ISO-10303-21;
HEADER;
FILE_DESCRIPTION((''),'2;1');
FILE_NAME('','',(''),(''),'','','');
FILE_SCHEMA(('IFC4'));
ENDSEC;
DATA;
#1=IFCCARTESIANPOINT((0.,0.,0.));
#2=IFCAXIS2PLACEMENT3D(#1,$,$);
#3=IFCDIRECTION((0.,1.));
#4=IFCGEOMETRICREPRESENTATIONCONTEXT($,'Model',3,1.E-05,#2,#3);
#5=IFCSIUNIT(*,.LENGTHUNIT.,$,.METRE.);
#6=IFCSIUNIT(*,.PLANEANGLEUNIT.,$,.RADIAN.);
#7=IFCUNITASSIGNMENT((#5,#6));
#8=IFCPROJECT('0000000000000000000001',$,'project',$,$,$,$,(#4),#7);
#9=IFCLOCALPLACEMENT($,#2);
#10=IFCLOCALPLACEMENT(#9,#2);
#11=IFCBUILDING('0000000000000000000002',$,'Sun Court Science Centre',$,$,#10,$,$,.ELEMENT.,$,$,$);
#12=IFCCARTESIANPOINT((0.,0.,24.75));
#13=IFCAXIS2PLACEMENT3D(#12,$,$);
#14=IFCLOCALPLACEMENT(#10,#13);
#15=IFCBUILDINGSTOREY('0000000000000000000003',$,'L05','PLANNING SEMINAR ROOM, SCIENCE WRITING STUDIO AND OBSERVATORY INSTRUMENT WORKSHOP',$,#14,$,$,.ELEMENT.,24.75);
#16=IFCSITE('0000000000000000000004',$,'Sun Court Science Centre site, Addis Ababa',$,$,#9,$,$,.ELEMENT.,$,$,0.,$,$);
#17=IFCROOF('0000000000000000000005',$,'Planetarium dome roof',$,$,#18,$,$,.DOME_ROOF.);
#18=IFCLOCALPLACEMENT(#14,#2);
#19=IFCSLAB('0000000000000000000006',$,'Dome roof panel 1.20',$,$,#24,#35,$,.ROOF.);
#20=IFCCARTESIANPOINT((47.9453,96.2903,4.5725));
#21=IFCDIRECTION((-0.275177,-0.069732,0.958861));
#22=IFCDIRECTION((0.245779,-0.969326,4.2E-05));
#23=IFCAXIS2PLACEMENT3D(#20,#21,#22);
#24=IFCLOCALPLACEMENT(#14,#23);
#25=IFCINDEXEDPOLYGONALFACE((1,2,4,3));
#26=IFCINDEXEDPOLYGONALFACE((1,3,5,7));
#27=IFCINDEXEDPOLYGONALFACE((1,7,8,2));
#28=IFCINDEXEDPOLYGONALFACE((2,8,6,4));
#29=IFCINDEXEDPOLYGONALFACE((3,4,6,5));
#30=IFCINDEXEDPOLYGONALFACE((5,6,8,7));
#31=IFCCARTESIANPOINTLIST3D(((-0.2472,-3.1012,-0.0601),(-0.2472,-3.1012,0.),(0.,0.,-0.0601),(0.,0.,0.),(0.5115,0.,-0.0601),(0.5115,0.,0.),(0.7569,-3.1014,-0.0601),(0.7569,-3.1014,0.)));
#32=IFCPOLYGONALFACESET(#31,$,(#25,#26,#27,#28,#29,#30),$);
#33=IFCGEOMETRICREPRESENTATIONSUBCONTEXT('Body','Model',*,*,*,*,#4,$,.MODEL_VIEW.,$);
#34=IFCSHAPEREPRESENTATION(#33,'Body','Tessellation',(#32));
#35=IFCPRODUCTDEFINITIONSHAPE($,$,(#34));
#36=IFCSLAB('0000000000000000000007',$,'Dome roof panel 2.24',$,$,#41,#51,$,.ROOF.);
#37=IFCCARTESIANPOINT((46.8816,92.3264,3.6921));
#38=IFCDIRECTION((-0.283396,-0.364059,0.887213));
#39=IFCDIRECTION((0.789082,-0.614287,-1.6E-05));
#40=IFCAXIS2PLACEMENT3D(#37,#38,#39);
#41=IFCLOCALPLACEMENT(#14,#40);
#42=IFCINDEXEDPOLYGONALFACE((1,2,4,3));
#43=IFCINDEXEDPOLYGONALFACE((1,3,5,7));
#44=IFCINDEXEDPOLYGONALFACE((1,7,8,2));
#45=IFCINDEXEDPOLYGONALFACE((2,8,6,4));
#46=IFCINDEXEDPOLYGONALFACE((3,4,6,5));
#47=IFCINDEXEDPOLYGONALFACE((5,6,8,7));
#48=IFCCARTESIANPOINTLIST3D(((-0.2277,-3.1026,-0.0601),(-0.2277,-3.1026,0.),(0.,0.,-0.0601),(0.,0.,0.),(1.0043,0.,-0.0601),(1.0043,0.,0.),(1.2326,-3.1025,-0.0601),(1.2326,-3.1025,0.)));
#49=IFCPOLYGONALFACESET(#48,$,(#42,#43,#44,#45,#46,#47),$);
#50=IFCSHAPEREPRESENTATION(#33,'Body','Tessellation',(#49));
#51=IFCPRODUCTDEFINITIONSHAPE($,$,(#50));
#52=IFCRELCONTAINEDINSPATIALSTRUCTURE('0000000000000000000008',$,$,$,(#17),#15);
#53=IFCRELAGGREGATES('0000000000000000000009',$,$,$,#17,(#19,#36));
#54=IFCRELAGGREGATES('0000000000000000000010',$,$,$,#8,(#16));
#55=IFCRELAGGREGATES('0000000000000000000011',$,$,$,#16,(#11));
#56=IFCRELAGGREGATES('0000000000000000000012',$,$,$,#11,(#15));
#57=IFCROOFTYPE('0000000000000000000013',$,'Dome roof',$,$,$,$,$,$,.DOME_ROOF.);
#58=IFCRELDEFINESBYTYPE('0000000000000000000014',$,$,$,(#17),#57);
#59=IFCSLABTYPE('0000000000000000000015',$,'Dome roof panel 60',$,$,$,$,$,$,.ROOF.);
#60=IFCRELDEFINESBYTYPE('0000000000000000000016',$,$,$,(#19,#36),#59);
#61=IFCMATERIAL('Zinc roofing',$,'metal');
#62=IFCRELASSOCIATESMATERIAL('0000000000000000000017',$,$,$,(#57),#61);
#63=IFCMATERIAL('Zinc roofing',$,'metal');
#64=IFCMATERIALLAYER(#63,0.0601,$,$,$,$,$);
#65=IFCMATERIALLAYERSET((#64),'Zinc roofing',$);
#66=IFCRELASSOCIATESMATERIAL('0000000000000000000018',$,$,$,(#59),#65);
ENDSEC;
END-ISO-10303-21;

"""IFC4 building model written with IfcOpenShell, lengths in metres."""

from ifc_helpers import new_model, si_unit, direction, frame, origin, place, context, subcontext, project, spatial, polyline, outline, extrude, material, layer, layer_set, type_object, element, aggregate, save


model = new_model("IFC4")

# Units and contexts
model_context = context("Model", 3, precision=1e-05, world=origin(), true_north=direction((0.0, 1.0)))
body_context = subcontext(model_context, "Body", "Model", "MODEL_VIEW")
ifc_project = project(units=[si_unit("LENGTHUNIT", "METRE"), si_unit("PLANEANGLEUNIT", "RADIAN")], contexts=[model_context])

# Site, building, storey
site_placement = place(None, origin())
site = spatial("IfcSite", under=ifc_project, at=site_placement, Name="Sun Court Science Centre site, Addis Ababa", CompositionType="ELEMENT", RefElevation=0.0)
building_placement = place(site_placement, origin())
building = spatial("IfcBuilding", under=site, at=building_placement, Name="Sun Court Science Centre", CompositionType="ELEMENT")
storey_placement = place(building_placement, frame((0.0, 0.0, 24.75)))
storey = spatial("IfcBuildingStorey", under=building, at=storey_placement, Name="L05", Description="PLANNING SEMINAR ROOM, SCIENCE WRITING STUDIO AND OBSERVATORY INSTRUMENT WORKSHOP", CompositionType="ELEMENT", Elevation=24.75)

# Roof, slabs
ifc_material_1 = material(Name="Zinc roofing", Category="metal")
roof_type = type_object("IfcRoofType", Name="Dome roof", PredefinedType="DOME_ROOF", material=ifc_material_1)
roof_placement = place(storey_placement, origin())
roof = element("IfcRoof", 1, at=roof_placement, inside=storey, type_object=roof_type, Name="Planetarium dome roof", PredefinedType="DOME_ROOF")
ifc_material_2 = material(Name="Zinc roofing", Category="metal")
ifc_layer = layer(ifc_material_2, 0.0601)
ifc_layer_set = layer_set([ifc_layer], Name="Zinc roofing")
slab_type = type_object("IfcSlabType", Name="Dome roof panel 60", PredefinedType="ROOF", material=ifc_layer_set)
slab_1_placement = place(storey_placement, frame((47.9453, 96.2903, 4.5725), z_axis=(-0.275177, -0.069732, 0.958861), x_axis=(0.245779, -0.969326, 0.000042)))
slab_1 = element("IfcSlab", 2, at=slab_1_placement, type_object=slab_type, Name="Dome roof panel 1.20", PredefinedType="ROOF", context=body_context, shape_type="SweptSolid", body=[
    extrude(outline(polyline([(0.0, 0.0), (0.5115, 0.0), (0.7569, -3.1014), (-0.2472, -3.1012), (0.0, 0.0)])), origin(), (0.0, 0.0, -1.0), 0.0601),
])
slab_2_placement = place(storey_placement, frame((46.8816, 92.3264, 3.6921), z_axis=(-0.283396, -0.364059, 0.887213), x_axis=(0.789082, -0.614287, -0.000016)))
slab_2 = element("IfcSlab", 3, at=slab_2_placement, type_object=slab_type, Name="Dome roof panel 2.24", PredefinedType="ROOF", context=body_context, shape_type="SweptSolid", body=[
    extrude(outline(polyline([(0.0, 0.0), (1.0043, 0.0), (1.2326, -3.1025), (-0.2277, -3.1026), (0.0, 0.0)])), origin(), (0.0, 0.0, -1.0), 0.0601),
])
aggregate(roof, [slab_1, slab_2])

save(model, "model.ifc")
